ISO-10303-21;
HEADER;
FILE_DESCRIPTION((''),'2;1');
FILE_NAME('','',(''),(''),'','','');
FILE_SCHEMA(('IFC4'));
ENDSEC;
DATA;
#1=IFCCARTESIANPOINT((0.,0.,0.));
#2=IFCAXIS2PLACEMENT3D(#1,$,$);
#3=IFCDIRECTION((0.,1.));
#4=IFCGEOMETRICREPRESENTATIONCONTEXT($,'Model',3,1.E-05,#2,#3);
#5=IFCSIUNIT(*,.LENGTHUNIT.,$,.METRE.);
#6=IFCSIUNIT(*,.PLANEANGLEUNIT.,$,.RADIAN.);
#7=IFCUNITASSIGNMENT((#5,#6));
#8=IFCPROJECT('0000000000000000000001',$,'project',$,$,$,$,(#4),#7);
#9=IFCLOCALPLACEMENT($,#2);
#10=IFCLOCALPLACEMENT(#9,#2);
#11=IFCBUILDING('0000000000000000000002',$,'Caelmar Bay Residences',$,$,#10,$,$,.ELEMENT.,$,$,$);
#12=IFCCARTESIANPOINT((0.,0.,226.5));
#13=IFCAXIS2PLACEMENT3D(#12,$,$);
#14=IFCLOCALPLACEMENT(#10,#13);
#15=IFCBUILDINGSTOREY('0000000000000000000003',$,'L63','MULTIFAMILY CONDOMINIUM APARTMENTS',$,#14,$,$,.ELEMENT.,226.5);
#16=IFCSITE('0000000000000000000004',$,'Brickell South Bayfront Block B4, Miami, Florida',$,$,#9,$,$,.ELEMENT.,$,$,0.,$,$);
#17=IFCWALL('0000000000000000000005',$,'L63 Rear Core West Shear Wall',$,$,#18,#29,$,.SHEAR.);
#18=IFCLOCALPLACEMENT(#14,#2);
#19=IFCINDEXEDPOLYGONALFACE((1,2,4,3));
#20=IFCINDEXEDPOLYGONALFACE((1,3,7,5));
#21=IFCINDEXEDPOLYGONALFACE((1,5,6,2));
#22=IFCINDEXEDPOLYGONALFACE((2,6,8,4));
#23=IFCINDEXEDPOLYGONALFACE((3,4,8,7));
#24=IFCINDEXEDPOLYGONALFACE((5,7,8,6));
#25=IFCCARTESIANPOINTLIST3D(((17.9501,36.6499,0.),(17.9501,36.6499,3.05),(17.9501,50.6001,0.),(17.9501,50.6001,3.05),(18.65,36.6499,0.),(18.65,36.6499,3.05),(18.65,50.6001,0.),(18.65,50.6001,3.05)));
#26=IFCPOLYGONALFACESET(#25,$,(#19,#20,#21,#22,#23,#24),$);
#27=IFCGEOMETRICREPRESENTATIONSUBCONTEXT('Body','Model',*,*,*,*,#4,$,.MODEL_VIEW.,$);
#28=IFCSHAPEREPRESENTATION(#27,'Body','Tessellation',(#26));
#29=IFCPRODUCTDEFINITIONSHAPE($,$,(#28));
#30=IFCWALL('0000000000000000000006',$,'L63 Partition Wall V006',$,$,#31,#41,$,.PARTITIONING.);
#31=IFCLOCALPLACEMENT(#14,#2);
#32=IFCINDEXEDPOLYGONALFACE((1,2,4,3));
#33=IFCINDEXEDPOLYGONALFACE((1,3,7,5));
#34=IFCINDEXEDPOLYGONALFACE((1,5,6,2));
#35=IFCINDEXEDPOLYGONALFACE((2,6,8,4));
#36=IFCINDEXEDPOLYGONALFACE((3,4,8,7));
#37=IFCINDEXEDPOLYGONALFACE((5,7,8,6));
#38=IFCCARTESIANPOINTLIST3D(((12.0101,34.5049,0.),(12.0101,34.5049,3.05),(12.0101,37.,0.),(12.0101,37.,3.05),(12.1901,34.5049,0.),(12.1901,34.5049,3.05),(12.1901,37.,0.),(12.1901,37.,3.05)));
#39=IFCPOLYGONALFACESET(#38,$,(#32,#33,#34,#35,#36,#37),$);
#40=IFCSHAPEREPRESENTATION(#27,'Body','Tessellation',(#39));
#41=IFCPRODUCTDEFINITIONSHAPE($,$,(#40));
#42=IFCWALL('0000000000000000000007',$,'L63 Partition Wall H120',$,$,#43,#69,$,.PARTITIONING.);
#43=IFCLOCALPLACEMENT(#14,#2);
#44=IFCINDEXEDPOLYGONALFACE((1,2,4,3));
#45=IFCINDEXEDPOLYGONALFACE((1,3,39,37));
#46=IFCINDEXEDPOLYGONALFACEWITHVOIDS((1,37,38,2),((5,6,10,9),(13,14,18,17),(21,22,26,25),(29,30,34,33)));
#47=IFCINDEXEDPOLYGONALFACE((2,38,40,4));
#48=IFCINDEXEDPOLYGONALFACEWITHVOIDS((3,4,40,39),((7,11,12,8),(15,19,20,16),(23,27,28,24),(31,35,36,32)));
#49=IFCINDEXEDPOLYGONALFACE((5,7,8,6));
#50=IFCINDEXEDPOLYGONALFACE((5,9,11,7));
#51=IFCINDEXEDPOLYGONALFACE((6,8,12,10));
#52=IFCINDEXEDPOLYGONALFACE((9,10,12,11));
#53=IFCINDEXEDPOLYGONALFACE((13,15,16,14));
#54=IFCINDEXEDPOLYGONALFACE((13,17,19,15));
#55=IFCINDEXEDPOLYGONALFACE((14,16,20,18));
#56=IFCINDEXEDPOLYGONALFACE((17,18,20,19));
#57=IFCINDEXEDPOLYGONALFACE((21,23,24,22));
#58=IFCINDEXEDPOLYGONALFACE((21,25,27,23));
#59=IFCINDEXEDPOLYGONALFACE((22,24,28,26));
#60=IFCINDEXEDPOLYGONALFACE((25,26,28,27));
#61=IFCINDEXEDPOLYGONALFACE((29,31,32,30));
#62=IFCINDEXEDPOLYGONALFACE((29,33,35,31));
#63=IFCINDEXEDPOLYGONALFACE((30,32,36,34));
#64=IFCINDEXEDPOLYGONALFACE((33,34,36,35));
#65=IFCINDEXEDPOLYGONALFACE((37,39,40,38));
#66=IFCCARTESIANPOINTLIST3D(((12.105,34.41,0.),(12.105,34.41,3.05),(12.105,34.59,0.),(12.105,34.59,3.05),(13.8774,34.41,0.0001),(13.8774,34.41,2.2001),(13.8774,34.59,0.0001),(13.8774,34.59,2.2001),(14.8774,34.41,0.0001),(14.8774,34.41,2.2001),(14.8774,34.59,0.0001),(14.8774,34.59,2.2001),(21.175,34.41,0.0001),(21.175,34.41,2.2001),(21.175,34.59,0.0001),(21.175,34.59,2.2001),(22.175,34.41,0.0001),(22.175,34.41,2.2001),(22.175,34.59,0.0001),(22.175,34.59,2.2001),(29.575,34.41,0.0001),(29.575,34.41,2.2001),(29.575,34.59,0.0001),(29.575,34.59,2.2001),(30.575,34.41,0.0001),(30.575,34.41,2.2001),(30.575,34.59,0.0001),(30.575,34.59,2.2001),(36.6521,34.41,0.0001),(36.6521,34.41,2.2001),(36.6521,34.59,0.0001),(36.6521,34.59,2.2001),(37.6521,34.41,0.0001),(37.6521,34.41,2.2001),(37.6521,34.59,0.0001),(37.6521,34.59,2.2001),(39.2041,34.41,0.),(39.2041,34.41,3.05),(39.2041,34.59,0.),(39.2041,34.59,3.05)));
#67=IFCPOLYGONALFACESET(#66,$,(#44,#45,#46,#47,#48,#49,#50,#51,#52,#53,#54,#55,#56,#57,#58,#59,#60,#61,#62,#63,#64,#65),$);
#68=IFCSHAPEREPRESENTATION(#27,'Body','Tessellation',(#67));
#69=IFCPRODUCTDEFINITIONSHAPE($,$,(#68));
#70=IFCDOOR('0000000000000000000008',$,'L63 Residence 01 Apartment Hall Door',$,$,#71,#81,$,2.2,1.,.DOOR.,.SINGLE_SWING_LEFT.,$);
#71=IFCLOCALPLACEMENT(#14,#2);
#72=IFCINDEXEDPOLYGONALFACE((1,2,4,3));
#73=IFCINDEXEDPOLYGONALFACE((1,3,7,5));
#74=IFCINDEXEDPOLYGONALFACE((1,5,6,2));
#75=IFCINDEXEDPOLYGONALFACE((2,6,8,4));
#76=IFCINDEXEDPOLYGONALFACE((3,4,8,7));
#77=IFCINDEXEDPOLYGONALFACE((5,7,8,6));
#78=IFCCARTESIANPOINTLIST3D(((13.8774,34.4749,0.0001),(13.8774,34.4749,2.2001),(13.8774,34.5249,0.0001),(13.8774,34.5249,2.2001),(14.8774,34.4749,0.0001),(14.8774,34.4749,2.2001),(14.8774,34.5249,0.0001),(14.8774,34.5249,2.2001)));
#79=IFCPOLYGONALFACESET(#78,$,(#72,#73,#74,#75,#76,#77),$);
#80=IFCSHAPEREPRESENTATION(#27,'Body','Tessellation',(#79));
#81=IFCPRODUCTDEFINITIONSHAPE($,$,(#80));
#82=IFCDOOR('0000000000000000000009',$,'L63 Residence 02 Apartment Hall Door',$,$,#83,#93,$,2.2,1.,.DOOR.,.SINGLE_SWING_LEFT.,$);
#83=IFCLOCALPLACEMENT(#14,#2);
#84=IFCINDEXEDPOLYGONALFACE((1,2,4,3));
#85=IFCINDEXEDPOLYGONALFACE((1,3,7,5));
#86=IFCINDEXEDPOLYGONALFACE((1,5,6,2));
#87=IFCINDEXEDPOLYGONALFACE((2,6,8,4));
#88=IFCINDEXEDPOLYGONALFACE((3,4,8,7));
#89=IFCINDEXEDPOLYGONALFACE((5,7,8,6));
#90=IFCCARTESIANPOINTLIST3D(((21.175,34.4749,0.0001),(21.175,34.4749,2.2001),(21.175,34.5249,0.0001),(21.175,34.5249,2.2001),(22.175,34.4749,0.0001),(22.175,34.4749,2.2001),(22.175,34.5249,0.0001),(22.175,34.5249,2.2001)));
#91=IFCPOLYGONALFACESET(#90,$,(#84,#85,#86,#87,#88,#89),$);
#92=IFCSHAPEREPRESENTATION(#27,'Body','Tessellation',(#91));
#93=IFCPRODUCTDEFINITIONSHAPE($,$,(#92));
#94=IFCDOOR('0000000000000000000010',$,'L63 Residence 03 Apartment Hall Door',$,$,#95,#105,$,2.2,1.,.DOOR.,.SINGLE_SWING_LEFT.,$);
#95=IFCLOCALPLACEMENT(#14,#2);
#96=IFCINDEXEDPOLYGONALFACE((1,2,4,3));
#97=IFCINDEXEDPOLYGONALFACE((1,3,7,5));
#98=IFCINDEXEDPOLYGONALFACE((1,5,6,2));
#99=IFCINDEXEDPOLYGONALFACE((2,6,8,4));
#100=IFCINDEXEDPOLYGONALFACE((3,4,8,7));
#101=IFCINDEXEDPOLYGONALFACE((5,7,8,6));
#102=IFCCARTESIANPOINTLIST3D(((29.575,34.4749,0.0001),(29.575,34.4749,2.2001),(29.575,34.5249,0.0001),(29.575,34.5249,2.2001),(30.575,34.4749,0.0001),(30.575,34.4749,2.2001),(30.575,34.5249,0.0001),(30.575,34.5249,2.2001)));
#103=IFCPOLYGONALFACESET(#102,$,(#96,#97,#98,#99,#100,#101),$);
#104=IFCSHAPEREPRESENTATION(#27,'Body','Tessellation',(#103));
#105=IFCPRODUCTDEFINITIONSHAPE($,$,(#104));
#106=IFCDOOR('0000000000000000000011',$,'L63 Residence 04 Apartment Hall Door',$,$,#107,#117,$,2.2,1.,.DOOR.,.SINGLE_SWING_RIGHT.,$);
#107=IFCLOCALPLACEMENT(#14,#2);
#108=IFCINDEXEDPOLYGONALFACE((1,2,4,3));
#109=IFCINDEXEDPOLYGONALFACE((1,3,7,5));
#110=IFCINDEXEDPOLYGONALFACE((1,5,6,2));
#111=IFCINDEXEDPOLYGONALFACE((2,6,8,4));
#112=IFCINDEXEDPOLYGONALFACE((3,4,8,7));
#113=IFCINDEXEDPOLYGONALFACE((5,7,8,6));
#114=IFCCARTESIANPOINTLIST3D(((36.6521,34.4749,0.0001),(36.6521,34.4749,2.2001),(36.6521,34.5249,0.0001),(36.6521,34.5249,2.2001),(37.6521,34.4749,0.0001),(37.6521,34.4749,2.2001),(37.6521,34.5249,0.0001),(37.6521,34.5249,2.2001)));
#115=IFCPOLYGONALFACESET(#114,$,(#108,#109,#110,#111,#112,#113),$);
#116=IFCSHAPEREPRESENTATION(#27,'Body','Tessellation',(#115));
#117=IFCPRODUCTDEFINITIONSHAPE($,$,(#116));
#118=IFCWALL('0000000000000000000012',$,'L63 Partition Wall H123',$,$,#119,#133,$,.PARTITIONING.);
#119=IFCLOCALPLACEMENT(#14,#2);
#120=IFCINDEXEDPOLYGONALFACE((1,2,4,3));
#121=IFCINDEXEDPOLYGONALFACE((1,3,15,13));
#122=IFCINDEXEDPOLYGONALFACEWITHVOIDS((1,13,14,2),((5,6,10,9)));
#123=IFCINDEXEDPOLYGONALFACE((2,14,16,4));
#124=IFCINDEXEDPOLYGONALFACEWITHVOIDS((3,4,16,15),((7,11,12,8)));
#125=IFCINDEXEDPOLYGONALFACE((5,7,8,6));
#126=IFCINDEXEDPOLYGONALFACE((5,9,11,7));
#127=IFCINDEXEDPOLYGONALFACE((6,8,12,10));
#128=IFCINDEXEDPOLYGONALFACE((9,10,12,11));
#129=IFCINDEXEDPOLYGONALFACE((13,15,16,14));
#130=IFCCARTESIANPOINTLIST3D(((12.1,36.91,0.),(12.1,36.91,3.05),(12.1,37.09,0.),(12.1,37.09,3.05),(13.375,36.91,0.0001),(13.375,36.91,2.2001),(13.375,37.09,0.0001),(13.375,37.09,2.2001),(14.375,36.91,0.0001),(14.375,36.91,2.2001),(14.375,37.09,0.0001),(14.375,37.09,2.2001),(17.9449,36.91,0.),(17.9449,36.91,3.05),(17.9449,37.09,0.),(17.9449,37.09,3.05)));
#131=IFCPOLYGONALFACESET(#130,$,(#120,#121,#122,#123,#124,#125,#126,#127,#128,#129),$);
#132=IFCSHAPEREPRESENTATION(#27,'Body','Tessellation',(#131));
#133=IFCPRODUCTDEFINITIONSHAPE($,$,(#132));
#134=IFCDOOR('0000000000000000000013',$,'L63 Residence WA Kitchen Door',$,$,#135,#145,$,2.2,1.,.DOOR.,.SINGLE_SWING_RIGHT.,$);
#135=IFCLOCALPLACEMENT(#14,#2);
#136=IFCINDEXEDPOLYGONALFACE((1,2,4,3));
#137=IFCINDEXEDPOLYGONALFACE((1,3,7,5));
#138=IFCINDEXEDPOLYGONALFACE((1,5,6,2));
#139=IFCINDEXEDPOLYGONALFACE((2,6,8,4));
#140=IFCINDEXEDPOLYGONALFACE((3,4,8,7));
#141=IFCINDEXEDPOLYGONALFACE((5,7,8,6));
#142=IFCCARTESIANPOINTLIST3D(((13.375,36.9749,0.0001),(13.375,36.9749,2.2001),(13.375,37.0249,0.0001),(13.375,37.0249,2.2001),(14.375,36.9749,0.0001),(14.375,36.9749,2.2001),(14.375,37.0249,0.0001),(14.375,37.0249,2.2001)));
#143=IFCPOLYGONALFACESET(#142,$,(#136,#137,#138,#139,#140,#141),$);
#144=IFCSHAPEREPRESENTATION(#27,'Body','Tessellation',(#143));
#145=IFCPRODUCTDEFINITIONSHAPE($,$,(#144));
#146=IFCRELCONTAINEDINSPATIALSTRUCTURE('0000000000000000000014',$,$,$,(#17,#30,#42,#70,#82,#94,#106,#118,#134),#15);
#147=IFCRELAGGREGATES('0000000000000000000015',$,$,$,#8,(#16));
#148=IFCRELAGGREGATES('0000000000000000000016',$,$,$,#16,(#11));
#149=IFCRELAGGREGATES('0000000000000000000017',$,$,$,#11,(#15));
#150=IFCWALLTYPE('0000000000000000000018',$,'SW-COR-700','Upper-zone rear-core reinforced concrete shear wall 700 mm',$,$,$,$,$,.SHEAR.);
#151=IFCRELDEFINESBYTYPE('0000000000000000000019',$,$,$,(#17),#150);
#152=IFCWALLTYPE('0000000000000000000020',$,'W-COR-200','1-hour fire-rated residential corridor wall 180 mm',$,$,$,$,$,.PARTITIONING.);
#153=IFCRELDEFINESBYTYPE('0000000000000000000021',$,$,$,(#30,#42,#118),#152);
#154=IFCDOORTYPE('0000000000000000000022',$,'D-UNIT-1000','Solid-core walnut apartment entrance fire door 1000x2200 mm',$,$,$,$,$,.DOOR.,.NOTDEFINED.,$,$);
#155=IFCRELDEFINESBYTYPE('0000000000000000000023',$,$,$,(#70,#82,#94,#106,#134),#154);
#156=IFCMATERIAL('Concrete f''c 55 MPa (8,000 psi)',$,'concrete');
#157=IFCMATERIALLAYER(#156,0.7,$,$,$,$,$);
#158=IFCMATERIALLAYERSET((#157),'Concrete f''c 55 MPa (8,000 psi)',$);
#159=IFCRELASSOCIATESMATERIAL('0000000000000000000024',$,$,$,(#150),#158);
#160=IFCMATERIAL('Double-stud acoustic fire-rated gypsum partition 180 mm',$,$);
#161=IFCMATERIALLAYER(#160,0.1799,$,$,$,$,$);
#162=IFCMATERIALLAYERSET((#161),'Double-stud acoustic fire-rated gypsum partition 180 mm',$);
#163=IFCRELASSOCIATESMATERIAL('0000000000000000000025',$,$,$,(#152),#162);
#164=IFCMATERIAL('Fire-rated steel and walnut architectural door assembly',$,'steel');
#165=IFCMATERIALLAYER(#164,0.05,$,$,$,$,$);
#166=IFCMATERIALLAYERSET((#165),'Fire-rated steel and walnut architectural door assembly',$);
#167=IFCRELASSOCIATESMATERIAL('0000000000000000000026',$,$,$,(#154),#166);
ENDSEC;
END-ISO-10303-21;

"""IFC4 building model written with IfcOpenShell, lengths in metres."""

from ifc_helpers import new_model, si_unit, direction, frame, frame_2d, origin, place, context, subcontext, project, spatial, rectangle, extrude, material, layer, layer_set, type_object, element, fill, save


model = new_model("IFC4")

# Units and contexts
model_context = context("Model", 3, precision=1e-05, world=origin(), true_north=direction((0.0, 1.0)))
body_context = subcontext(model_context, "Body", "Model", "MODEL_VIEW")
ifc_project = project(units=[si_unit("LENGTHUNIT", "METRE"), si_unit("PLANEANGLEUNIT", "RADIAN")], contexts=[model_context])

# Site, building, storey
site_placement = place(None, origin())
site = spatial("IfcSite", under=ifc_project, at=site_placement, Name="Brickell South Bayfront Block B4, Miami, Florida", CompositionType="ELEMENT", RefElevation=0.0)
building_placement = place(site_placement, origin())
building = spatial("IfcBuilding", under=site, at=building_placement, Name="Caelmar Bay Residences", CompositionType="ELEMENT")
storey_placement = place(building_placement, frame((0.0, 0.0, 226.5)))
storey = spatial("IfcBuildingStorey", under=building, at=storey_placement, Name="L63", Description="MULTIFAMILY CONDOMINIUM APARTMENTS", CompositionType="ELEMENT", Elevation=226.5)

# Shared definitions
ifc_material_1 = material(Name="Concrete f'c 55 MPa (8,000 psi)", Category="concrete")
ifc_layer_1 = layer(ifc_material_1, 0.7)
ifc_layer_set_1 = layer_set([ifc_layer_1], Name="Concrete f'c 55 MPa (8,000 psi)")
wall_type_1 = type_object("IfcWallType", Name="SW-COR-700", Description="Upper-zone rear-core reinforced concrete shear wall 700 mm", PredefinedType="SHEAR", material=ifc_layer_set_1)
ifc_material_2 = material(Name="Fire-rated steel and walnut architectural door assembly", Category="steel")

# Walls
wall_1_placement = place(storey_placement, frame((18.3, 36.6499, 0.0), z_axis=(0.0, 0.0, 1.0), x_axis=(0.0, 1.0, 0.0)))
element("IfcWall", 1, at=wall_1_placement, inside=storey, type_object=wall_type_1, Name="L63 Rear Core West Shear Wall", PredefinedType="SHEAR", context=body_context, shape_type="SweptSolid", body=[
    extrude(rectangle(XDim=13.9502, YDim=0.7, at=frame_2d((6.9751, 0.0))), origin(), (0.0, 0.0, 1.0), 3.05),
])
ifc_material_3 = material(Name="Double-stud acoustic fire-rated gypsum partition 180 mm")
ifc_layer_2 = layer(ifc_material_3, 0.1799)
ifc_layer_set_2 = layer_set([ifc_layer_2], Name="Double-stud acoustic fire-rated gypsum partition 180 mm")
wall_type_2 = type_object("IfcWallType", Name="W-COR-200", Description="1-hour fire-rated residential corridor wall 180 mm", PredefinedType="PARTITIONING", material=ifc_layer_set_2)
wall_2_placement = place(storey_placement, frame((12.1001, 34.5049, 0.0), z_axis=(0.0, 0.0, 1.0), x_axis=(0.0, 1.0, 0.0)))
element("IfcWall", 2, at=wall_2_placement, inside=storey, type_object=wall_type_2, Name="L63 Partition Wall V006", PredefinedType="PARTITIONING", context=body_context, shape_type="SweptSolid", body=[
    extrude(rectangle(XDim=2.4951, YDim=0.1799, at=frame_2d((1.2476, 0.0))), origin(), (0.0, 0.0, 1.0), 3.05),
])

# Wall, openings, doors
wall_3_placement = place(storey_placement, frame((12.105, 34.5, 0.0), z_axis=(0.0, 0.0, 1.0), x_axis=(1.0, 0.0, 0.0)))
wall_3 = element("IfcWall", 3, at=wall_3_placement, inside=storey, type_object=wall_type_2, Name="L63 Partition Wall H120", PredefinedType="PARTITIONING", context=body_context, shape_type="SweptSolid", body=[
    extrude(rectangle(XDim=27.0991, YDim=0.1799, at=frame_2d((13.5496, 0.0))), origin(), (0.0, 0.0, 1.0), 3.05),
])
opening_1_placement = place(wall_3_placement, frame((1.7725, 0.0, 0.0)))
opening_1 = element("IfcOpeningElement", 4, at=opening_1_placement, cuts=wall_3, PredefinedType="OPENING", context=body_context, shape_type="SweptSolid", body=[
    extrude(rectangle(XDim=1.0, YDim=2.2, at=frame_2d((0.5, 1.1001))), frame((0.0, 0.0999, 0.0), z_axis=(0.0, -1.0, 0.0), x_axis=(1.0, 0.0, 0.0)), (0.0, 0.0, 1.0), 0.2),
])
opening_2_placement = place(wall_3_placement, frame((9.0701, 0.0, 0.0)))
opening_2 = element("IfcOpeningElement", 5, at=opening_2_placement, cuts=wall_3, PredefinedType="OPENING", context=body_context, shape_type="SweptSolid", body=[
    extrude(rectangle(XDim=1.0, YDim=2.2, at=frame_2d((0.5, 1.1001))), frame((0.0, 0.0999, 0.0), z_axis=(0.0, -1.0, 0.0), x_axis=(1.0, 0.0, 0.0)), (0.0, 0.0, 1.0), 0.2),
])
opening_3_placement = place(wall_3_placement, frame((17.47, 0.0, 0.0)))
opening_3 = element("IfcOpeningElement", 6, at=opening_3_placement, cuts=wall_3, PredefinedType="OPENING", context=body_context, shape_type="SweptSolid", body=[
    extrude(rectangle(XDim=1.0, YDim=2.2, at=frame_2d((0.5, 1.1001))), frame((0.0, 0.0999, 0.0), z_axis=(0.0, -1.0, 0.0), x_axis=(1.0, 0.0, 0.0)), (0.0, 0.0, 1.0), 0.2),
])
opening_4_placement = place(wall_3_placement, frame((24.5471, 0.0, 0.0)))
opening_4 = element("IfcOpeningElement", 7, at=opening_4_placement, cuts=wall_3, PredefinedType="OPENING", context=body_context, shape_type="SweptSolid", body=[
    extrude(rectangle(XDim=1.0, YDim=2.2, at=frame_2d((0.5, 1.1001))), frame((0.0, 0.0999, 0.0), z_axis=(0.0, -1.0, 0.0), x_axis=(1.0, 0.0, 0.0)), (0.0, 0.0, 1.0), 0.2),
])
ifc_layer_3 = layer(ifc_material_2, 0.05)
ifc_layer_set_3 = layer_set([ifc_layer_3], Name="Fire-rated steel and walnut architectural door assembly")
door_type_1 = type_object("IfcDoorType", Name="D-UNIT-1000", Description="Solid-core walnut apartment entrance fire door 1000x2200 mm", OperationType="NOTDEFINED", PredefinedType="DOOR", material=ifc_layer_set_3)
door_1_placement = place(opening_1_placement, origin())
door_1 = element("IfcDoor", 8, at=door_1_placement, inside=storey, type_object=door_type_1, Name="L63 Residence 01 Apartment Hall Door", OperationType="SINGLE_SWING_LEFT", OverallHeight=2.2, OverallWidth=1.0, PredefinedType="DOOR", context=body_context, shape_type="SweptSolid", body=[
    extrude(rectangle(XDim=1.0, YDim=2.2, at=frame_2d((0.5, 1.1001))), frame((0.0, 0.0249, 0.0), z_axis=(0.0, -1.0, 0.0), x_axis=(1.0, 0.0, 0.0)), (0.0, 0.0, 1.0), 0.05),
])
fill(opening_1, door_1)
door_2_placement = place(opening_2_placement, origin())
door_2 = element("IfcDoor", 9, at=door_2_placement, inside=storey, type_object=door_type_1, Name="L63 Residence 02 Apartment Hall Door", OperationType="SINGLE_SWING_LEFT", OverallHeight=2.2, OverallWidth=1.0, PredefinedType="DOOR", context=body_context, shape_type="SweptSolid", body=[
    extrude(rectangle(XDim=1.0, YDim=2.2, at=frame_2d((0.5, 1.1001))), frame((0.0, 0.0249, 0.0), z_axis=(0.0, -1.0, 0.0), x_axis=(1.0, 0.0, 0.0)), (0.0, 0.0, 1.0), 0.05),
])
fill(opening_2, door_2)
door_3_placement = place(opening_3_placement, origin())
door_3 = element("IfcDoor", 10, at=door_3_placement, inside=storey, type_object=door_type_1, Name="L63 Residence 03 Apartment Hall Door", OperationType="SINGLE_SWING_LEFT", OverallHeight=2.2, OverallWidth=1.0, PredefinedType="DOOR", context=body_context, shape_type="SweptSolid", body=[
    extrude(rectangle(XDim=1.0, YDim=2.2, at=frame_2d((0.5, 1.1001))), frame((0.0, 0.0249, 0.0), z_axis=(0.0, -1.0, 0.0), x_axis=(1.0, 0.0, 0.0)), (0.0, 0.0, 1.0), 0.05),
])
fill(opening_3, door_3)
door_4_placement = place(opening_4_placement, origin())
door_4 = element("IfcDoor", 11, at=door_4_placement, inside=storey, type_object=door_type_1, Name="L63 Residence 04 Apartment Hall Door", OperationType="SINGLE_SWING_RIGHT", OverallHeight=2.2, OverallWidth=1.0, PredefinedType="DOOR", context=body_context, shape_type="SweptSolid", body=[
    extrude(rectangle(XDim=1.0, YDim=2.2, at=frame_2d((0.5, 1.1001))), frame((0.0, 0.0249, 0.0), z_axis=(0.0, -1.0, 0.0), x_axis=(1.0, 0.0, 0.0)), (0.0, 0.0, 1.0), 0.05),
])
fill(opening_4, door_4)

# Wall, opening, door
wall_4_placement = place(storey_placement, frame((12.1001, 37.0, 0.0), z_axis=(0.0, 0.0, 1.0), x_axis=(1.0, 0.0, 0.0)))
wall_4 = element("IfcWall", 12, at=wall_4_placement, inside=storey, type_object=wall_type_2, Name="L63 Partition Wall H123", PredefinedType="PARTITIONING", context=body_context, shape_type="SweptSolid", body=[
    extrude(rectangle(XDim=5.845, YDim=0.1799, at=frame_2d((2.9224, 0.0))), origin(), (0.0, 0.0, 1.0), 3.05),
])
opening_5_placement = place(wall_4_placement, frame((1.2749, 0.0, 0.0)))
opening_5 = element("IfcOpeningElement", 13, at=opening_5_placement, cuts=wall_4, PredefinedType="OPENING", context=body_context, shape_type="SweptSolid", body=[
    extrude(rectangle(XDim=1.0, YDim=2.2, at=frame_2d((0.5, 1.1001))), frame((0.0, 0.0999, 0.0), z_axis=(0.0, -1.0, 0.0), x_axis=(1.0, 0.0, 0.0)), (0.0, 0.0, 1.0), 0.2),
])
door_5_placement = place(opening_5_placement, origin())
door_5 = element("IfcDoor", 14, at=door_5_placement, inside=storey, type_object=door_type_1, Name="L63 Residence WA Kitchen Door", OperationType="SINGLE_SWING_RIGHT", OverallHeight=2.2, OverallWidth=1.0, PredefinedType="DOOR", context=body_context, shape_type="SweptSolid", body=[
    extrude(rectangle(XDim=1.0, YDim=2.2, at=frame_2d((0.5, 1.1001))), frame((0.0, 0.0249, 0.0), z_axis=(0.0, -1.0, 0.0), x_axis=(1.0, 0.0, 0.0)), (0.0, 0.0, 1.0), 0.05),
])
fill(opening_5, door_5)

save(model, "model.ifc")
